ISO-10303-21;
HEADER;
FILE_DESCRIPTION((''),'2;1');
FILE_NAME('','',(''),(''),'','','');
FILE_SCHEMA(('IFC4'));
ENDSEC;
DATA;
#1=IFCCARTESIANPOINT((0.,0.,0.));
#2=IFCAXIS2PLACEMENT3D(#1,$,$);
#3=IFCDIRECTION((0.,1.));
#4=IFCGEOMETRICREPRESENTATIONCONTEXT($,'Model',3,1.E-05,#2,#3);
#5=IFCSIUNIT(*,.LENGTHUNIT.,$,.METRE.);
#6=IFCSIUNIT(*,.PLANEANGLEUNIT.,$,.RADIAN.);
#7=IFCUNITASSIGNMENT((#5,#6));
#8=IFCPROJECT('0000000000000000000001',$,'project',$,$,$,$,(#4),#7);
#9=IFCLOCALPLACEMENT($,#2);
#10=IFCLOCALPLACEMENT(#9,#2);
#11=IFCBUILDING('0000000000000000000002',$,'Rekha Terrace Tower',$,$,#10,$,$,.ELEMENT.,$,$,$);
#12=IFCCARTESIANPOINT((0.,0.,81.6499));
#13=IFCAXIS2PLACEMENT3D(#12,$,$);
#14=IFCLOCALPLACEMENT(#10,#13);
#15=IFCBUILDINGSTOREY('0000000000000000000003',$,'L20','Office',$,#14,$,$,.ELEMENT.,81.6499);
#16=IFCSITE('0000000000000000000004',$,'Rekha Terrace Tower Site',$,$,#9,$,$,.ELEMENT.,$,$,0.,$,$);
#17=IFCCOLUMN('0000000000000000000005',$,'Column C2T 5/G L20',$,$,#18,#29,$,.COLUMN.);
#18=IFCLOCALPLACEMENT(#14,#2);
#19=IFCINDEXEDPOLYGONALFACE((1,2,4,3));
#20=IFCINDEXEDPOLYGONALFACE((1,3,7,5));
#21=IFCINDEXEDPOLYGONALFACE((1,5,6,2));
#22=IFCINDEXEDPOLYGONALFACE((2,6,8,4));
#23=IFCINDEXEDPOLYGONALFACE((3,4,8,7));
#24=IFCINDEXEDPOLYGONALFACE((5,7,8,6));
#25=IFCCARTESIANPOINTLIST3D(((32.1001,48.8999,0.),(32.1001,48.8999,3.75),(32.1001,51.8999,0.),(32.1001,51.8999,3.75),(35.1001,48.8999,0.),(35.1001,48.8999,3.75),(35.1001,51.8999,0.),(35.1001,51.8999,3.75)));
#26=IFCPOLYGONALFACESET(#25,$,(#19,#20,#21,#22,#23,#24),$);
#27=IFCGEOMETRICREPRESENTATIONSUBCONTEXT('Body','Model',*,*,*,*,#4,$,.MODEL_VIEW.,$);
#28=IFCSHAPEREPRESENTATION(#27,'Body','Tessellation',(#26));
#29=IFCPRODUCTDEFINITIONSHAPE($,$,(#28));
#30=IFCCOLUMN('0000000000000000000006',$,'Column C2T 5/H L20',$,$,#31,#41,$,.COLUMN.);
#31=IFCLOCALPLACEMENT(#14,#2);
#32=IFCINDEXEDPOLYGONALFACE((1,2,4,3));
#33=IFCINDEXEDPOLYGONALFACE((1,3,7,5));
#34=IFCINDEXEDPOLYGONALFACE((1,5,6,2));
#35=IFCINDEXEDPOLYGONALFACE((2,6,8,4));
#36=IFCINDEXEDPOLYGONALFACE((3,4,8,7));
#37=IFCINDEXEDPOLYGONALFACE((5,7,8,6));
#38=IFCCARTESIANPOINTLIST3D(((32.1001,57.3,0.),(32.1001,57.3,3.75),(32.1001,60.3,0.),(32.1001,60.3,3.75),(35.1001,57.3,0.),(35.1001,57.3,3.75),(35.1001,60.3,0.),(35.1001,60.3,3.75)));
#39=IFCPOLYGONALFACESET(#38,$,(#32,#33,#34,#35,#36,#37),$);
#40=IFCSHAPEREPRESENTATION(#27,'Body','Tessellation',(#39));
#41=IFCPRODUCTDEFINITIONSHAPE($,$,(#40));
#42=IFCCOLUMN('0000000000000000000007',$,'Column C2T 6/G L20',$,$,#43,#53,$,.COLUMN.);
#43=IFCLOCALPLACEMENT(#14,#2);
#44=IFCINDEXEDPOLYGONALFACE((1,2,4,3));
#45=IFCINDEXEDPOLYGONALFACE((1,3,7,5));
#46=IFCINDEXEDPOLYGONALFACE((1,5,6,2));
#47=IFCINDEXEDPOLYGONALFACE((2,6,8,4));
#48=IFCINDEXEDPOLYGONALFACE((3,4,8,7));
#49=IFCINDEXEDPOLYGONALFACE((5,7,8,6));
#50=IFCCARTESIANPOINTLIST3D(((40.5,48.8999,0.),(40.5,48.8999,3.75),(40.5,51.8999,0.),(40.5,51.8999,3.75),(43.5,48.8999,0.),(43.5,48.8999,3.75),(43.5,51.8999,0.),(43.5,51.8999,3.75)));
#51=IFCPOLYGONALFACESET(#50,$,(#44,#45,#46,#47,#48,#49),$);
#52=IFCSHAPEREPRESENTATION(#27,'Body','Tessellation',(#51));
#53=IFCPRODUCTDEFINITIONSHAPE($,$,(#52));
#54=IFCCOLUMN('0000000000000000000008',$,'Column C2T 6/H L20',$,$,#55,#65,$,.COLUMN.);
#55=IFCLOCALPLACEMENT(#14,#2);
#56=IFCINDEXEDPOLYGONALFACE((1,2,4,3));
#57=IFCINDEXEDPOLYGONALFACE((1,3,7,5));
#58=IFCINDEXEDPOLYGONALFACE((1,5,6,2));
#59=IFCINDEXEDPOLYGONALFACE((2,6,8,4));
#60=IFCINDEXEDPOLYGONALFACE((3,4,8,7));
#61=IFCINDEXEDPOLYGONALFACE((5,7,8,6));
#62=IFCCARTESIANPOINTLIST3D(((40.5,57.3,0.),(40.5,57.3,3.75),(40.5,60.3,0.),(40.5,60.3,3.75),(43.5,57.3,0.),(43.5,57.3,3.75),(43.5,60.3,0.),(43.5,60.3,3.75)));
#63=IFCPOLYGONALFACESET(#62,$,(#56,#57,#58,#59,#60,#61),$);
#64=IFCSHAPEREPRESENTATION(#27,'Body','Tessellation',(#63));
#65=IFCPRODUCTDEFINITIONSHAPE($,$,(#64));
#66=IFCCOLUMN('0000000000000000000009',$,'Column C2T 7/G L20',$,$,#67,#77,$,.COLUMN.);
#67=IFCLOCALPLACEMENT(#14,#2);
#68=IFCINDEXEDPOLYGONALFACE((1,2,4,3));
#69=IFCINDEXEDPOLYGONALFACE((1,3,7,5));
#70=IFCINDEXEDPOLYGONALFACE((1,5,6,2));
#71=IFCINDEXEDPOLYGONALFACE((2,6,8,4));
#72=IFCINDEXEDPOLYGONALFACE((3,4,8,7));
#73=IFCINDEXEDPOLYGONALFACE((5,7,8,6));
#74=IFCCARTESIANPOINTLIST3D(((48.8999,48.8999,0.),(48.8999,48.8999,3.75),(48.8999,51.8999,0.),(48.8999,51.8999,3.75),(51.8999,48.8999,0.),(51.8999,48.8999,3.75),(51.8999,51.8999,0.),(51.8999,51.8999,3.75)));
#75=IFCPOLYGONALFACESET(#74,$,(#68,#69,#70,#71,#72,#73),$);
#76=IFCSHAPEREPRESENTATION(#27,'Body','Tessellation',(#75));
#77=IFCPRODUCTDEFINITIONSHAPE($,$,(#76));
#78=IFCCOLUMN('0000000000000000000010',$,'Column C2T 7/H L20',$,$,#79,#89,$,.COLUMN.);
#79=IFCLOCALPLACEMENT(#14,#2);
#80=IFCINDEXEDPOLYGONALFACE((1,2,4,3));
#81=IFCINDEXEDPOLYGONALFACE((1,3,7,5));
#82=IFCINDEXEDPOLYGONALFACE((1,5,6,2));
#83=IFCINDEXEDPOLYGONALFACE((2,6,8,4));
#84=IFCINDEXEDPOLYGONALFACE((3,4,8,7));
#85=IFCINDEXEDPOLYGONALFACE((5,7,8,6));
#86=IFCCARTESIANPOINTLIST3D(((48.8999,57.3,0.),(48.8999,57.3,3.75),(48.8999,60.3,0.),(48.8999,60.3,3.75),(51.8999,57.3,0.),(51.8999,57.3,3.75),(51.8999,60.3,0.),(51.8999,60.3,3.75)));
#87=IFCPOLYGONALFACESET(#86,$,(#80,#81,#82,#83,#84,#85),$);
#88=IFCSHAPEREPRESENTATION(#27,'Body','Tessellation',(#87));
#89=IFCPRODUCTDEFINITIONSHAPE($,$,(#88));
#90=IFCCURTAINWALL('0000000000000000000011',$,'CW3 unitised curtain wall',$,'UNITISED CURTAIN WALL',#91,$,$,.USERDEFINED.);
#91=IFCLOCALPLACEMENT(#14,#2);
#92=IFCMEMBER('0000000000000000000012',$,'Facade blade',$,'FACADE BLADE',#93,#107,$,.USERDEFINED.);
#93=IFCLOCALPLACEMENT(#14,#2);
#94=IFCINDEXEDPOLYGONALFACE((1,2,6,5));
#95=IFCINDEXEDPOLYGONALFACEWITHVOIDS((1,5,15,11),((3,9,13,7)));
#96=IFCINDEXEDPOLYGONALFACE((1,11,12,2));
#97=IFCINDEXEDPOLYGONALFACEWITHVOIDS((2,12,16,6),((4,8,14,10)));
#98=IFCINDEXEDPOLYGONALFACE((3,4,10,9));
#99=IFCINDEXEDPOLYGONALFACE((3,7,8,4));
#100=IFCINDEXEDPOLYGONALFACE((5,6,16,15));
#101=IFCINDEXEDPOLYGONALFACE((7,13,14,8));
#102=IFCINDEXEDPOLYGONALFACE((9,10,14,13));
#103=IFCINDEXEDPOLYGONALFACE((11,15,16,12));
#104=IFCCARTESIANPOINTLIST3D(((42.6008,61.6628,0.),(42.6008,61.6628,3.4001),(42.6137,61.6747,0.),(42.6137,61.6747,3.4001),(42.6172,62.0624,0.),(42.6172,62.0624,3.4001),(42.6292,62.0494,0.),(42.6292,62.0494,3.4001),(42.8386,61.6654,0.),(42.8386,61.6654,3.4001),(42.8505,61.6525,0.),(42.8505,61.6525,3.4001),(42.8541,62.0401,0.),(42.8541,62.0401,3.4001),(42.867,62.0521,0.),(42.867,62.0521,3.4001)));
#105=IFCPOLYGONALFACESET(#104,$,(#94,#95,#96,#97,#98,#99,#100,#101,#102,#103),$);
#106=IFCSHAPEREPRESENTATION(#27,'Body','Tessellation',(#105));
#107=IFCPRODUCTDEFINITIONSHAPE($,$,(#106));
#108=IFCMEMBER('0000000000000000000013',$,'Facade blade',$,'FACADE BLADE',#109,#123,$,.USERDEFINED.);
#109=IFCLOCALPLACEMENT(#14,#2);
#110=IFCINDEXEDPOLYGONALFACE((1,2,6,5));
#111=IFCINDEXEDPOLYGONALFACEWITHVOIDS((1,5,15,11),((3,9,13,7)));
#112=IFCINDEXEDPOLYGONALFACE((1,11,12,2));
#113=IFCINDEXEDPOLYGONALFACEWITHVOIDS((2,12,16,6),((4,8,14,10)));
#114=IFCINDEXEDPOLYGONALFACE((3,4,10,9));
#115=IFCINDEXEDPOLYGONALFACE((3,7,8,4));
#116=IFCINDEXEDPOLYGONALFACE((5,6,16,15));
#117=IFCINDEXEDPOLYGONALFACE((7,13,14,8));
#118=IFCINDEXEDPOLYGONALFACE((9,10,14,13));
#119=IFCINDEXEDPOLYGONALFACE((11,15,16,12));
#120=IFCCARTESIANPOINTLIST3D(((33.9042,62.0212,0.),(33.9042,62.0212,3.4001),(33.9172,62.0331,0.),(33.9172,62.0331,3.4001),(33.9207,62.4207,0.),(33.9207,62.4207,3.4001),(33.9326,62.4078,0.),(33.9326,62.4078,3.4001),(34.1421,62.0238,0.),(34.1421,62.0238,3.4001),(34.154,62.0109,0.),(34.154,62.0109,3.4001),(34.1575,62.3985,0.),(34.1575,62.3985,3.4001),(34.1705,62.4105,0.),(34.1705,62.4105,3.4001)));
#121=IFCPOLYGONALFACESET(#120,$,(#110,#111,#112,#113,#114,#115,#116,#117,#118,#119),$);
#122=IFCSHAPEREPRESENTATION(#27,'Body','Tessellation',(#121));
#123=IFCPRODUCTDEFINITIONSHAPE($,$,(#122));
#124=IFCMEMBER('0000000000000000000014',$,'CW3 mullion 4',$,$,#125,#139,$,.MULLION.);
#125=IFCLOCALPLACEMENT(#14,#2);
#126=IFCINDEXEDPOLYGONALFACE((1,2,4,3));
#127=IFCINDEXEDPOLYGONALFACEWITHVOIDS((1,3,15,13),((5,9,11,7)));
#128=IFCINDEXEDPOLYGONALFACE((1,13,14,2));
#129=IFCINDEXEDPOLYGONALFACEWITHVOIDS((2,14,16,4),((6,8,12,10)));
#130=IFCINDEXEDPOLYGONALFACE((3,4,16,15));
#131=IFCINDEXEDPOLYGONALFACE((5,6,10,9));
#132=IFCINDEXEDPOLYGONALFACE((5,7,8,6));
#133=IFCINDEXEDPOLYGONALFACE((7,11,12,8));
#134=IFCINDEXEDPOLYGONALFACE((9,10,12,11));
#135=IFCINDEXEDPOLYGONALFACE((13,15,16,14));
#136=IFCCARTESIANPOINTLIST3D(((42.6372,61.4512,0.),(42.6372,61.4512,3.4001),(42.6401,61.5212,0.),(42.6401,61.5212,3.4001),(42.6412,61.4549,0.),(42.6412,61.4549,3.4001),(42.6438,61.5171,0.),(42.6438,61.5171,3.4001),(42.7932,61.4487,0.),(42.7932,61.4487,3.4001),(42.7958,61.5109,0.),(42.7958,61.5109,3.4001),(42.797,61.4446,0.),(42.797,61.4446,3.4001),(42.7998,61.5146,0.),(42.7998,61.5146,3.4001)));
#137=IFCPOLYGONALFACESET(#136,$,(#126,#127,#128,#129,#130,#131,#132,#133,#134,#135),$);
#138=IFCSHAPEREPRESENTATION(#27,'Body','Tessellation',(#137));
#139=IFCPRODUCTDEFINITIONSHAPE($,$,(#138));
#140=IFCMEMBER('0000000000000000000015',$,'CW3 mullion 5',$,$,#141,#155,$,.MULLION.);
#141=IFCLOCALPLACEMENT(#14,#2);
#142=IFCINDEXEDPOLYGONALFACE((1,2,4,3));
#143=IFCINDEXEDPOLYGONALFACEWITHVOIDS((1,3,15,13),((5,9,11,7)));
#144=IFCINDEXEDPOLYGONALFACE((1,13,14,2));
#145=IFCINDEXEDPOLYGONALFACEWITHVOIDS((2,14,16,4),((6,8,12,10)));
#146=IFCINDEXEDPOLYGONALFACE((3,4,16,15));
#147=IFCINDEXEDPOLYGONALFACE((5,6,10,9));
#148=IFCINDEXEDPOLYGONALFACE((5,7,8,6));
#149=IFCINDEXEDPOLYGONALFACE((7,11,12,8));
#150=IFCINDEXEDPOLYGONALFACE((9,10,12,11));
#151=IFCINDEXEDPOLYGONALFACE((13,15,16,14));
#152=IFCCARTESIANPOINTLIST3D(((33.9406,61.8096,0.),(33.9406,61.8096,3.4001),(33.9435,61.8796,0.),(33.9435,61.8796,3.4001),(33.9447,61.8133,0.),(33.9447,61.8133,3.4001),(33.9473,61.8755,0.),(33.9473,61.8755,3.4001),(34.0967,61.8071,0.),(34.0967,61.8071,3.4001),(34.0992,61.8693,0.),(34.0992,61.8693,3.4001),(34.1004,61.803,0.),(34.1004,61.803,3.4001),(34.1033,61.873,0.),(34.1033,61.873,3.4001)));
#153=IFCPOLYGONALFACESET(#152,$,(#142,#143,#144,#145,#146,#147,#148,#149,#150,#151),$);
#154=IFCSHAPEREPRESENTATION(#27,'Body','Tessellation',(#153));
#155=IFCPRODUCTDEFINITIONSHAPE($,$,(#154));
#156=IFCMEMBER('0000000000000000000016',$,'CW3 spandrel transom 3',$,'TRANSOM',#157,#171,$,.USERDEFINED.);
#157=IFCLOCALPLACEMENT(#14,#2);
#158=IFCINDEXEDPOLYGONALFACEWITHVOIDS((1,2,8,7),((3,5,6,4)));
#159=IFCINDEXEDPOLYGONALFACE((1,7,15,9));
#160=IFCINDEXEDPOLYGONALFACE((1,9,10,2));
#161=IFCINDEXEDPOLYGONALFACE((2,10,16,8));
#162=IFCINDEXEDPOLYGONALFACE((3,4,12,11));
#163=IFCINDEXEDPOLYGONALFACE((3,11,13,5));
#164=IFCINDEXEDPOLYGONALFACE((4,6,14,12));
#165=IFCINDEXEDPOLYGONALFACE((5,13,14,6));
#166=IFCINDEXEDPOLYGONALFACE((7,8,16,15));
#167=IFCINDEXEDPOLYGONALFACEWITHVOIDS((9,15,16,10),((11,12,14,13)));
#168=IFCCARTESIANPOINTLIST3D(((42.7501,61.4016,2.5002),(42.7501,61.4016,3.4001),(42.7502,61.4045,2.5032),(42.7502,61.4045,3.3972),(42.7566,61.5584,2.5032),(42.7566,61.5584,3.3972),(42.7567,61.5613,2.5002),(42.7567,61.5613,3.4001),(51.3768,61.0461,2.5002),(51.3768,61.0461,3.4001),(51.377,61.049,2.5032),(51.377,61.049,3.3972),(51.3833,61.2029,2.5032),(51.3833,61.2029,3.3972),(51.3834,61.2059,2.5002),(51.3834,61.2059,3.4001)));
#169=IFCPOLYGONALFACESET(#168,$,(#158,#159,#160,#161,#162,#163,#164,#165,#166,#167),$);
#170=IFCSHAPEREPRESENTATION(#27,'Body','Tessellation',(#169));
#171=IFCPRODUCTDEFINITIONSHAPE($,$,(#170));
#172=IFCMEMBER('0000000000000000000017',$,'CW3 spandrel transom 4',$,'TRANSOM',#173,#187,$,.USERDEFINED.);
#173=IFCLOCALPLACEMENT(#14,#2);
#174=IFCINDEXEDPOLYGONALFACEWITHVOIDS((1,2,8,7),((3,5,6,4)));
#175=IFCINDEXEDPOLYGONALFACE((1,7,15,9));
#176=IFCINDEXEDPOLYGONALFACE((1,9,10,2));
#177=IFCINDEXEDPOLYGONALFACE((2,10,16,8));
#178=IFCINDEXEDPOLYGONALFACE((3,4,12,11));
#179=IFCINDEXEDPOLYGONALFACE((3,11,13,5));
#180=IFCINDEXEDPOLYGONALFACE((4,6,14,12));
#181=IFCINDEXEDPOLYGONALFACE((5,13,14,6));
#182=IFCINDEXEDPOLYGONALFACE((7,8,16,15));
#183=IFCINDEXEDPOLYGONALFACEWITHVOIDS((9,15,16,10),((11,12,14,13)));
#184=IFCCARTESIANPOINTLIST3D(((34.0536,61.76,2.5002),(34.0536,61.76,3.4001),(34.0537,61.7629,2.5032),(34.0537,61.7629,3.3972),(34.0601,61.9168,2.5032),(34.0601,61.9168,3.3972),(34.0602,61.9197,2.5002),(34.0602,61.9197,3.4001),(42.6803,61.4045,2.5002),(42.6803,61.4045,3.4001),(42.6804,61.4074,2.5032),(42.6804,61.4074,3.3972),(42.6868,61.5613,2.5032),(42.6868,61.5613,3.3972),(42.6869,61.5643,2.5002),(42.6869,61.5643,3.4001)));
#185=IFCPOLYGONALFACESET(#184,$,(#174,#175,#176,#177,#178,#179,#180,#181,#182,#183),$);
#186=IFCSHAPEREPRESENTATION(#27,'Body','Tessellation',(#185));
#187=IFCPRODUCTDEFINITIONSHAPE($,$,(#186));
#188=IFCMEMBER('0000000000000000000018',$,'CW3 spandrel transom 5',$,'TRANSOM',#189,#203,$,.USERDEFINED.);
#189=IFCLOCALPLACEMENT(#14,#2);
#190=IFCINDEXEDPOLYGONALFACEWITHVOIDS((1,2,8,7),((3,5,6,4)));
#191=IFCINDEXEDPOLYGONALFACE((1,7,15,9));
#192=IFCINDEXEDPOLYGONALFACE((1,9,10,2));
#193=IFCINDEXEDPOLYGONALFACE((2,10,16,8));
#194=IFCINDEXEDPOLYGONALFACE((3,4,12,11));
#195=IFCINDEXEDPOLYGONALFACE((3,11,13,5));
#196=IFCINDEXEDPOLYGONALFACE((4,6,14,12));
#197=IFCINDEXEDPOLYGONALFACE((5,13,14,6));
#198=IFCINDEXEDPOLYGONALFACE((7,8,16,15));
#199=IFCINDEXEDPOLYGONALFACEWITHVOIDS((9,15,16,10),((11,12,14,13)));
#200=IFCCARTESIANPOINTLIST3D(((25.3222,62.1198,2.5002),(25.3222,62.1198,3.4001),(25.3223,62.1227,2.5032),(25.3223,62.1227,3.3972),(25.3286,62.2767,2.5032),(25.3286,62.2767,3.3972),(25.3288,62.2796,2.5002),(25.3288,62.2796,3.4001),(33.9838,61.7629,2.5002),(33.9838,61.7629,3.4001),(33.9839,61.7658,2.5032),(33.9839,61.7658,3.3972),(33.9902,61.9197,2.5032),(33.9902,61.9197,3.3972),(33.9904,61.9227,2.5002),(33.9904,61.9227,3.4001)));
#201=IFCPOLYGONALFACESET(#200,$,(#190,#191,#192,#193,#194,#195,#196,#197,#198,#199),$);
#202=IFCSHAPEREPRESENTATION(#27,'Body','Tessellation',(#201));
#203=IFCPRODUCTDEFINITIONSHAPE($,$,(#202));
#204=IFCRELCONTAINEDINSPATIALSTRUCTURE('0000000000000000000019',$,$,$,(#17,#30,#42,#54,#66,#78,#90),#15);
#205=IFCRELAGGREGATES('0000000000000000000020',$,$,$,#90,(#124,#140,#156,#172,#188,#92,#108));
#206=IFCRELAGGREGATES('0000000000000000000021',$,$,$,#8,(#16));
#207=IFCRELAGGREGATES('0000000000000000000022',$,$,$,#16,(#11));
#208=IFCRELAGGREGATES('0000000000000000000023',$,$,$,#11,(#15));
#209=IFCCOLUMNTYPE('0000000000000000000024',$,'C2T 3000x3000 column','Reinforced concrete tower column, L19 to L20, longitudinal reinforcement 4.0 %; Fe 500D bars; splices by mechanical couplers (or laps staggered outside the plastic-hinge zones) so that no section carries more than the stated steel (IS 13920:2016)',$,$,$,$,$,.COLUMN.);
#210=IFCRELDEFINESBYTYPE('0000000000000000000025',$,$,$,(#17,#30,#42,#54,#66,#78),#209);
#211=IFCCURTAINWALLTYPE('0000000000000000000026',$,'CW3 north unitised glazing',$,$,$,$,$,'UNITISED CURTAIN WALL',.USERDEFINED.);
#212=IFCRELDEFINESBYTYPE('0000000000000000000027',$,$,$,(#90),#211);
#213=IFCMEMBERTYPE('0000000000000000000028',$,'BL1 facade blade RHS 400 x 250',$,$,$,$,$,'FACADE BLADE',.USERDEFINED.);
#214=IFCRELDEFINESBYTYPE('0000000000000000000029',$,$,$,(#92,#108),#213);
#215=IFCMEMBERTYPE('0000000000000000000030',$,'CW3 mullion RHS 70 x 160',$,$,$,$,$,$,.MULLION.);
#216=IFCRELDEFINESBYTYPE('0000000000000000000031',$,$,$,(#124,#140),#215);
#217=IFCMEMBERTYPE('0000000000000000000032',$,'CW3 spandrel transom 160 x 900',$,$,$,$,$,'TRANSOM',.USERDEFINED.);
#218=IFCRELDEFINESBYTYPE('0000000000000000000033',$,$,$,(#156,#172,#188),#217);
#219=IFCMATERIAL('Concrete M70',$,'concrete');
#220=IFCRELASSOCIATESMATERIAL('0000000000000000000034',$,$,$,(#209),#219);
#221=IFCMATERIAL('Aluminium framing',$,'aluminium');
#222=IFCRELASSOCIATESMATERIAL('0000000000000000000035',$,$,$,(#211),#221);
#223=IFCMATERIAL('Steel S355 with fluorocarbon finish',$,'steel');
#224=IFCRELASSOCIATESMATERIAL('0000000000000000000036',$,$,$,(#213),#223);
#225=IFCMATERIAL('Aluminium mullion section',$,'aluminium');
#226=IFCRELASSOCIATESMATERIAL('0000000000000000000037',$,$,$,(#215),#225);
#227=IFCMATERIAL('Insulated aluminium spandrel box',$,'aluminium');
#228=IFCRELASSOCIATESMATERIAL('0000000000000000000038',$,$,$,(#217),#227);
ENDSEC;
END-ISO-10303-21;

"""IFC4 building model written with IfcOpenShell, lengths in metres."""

from ifc_helpers import new_model, si_unit, direction, frame, origin, origin_2d, place, context, subcontext, project, spatial, rectangle, hollow_rectangle, extrude, material, material_profile, profile_set, type_object, element, aggregate, save


model = new_model("IFC4")

# Units and contexts
model_context = context("Model", 3, precision=1e-05, world=origin(), true_north=direction((0.0, 1.0)))
body_context = subcontext(model_context, "Body", "Model", "MODEL_VIEW")
ifc_project = project(units=[si_unit("LENGTHUNIT", "METRE"), si_unit("PLANEANGLEUNIT", "RADIAN")], contexts=[model_context])

# Site, building, storey
site_placement = place(None, origin())
site = spatial("IfcSite", under=ifc_project, at=site_placement, Name="Rekha Terrace Tower Site", CompositionType="ELEMENT", RefElevation=0.0)
building_placement = place(site_placement, origin())
building = spatial("IfcBuilding", under=site, at=building_placement, Name="Rekha Terrace Tower", CompositionType="ELEMENT")
storey_placement = place(building_placement, frame((0.0, 0.0, 81.6499)))
storey = spatial("IfcBuildingStorey", under=building, at=storey_placement, Name="L20", Description="Office", CompositionType="ELEMENT", Elevation=81.6499)

# Columns
ifc_material_1 = material(Name="Concrete M70", Category="concrete")
ifc_material_profile_1 = material_profile(ifc_material_1, rectangle(XDim=3.0, YDim=3.0, at=origin_2d()), Name="RC 3000x3000")
ifc_profile_set_1 = profile_set([ifc_material_profile_1], Name="Concrete M70")
column_type = type_object("IfcColumnType", Name="C2T 3000x3000 column", Description="Reinforced concrete tower column, L19 to L20, longitudinal reinforcement 4.0 %; Fe 500D bars; splices by mechanical couplers (or laps staggered outside the plastic-hinge zones) so that no section carries more than the stated steel (IS 13920:2016)", PredefinedType="COLUMN", material=ifc_profile_set_1)
for number, where, z_axis, x_axis, name in (
    (1, (33.6001, 50.3999, 0.0), (0.0, 0.0, 1.0), (1.0, 0.0, 0.0), "Column C2T 5/G L20"),
    (2, (33.6001, 58.8, 0.0), (0.0, 0.0, 1.0), (1.0, 0.0, 0.0), "Column C2T 5/H L20"),
    (3, (42.0, 50.3999, 0.0), (0.0, 0.0, 1.0), (1.0, 0.0, 0.0), "Column C2T 6/G L20"),
    (4, (42.0, 58.8, 0.0), (0.0, 0.0, 1.0), (1.0, 0.0, 0.0), "Column C2T 6/H L20"),
    (5, (50.3999, 50.3999, 0.0), (0.0, 0.0, 1.0), (1.0, 0.0, 0.0), "Column C2T 7/G L20"),
    (6, (50.3999, 58.8, 0.0), (0.0, 0.0, 1.0), (1.0, 0.0, 0.0), "Column C2T 7/H L20"),
):
    element("IfcColumn", number, at=place(storey_placement, frame(where, z_axis=z_axis, x_axis=x_axis)), inside=storey, type_object=column_type, Name=name, PredefinedType="COLUMN", context=body_context, shape_type="SweptSolid", body=[
        extrude(rectangle(XDim=3.0, YDim=3.0, at=origin_2d()), origin(), (0.0, 0.0, 1.0), 3.75),
    ])

# Curtain wall, members
ifc_material_2 = material(Name="Aluminium framing", Category="aluminium")
curtain_wall_type = type_object("IfcCurtainWallType", Name="CW3 north unitised glazing", ElementType="UNITISED CURTAIN WALL", PredefinedType="USERDEFINED", material=ifc_material_2)
curtain_wall_placement = place(storey_placement, origin())
curtain_wall = element("IfcCurtainWall", 7, at=curtain_wall_placement, inside=storey, type_object=curtain_wall_type, Name="CW3 unitised curtain wall", ObjectType="UNITISED CURTAIN WALL", PredefinedType="USERDEFINED")
ifc_material_3 = material(Name="Steel S355 with fluorocarbon finish", Category="steel")
ifc_material_profile_2 = material_profile(ifc_material_3, hollow_rectangle(XDim=0.25, YDim=0.3999, WallThickness=0.0125, at=origin_2d()), Name="RHS400x250x12.5")
ifc_profile_set_2 = profile_set([ifc_material_profile_2], Name="Steel S355 with fluorocarbon finish")
member_type_1 = type_object("IfcMemberType", Name="BL1 facade blade RHS 400 x 250", ElementType="FACADE BLADE", PredefinedType="USERDEFINED", material=ifc_profile_set_2)
member_1_placement = place(storey_placement, frame((42.7339, 61.8574, 0.0), z_axis=(0.0, 0.0, 1.0), x_axis=(-0.999152, 0.041175, 0.0)))
member_1 = element("IfcMember", 8, at=member_1_placement, type_object=member_type_1, Name="Facade blade", ObjectType="FACADE BLADE", PredefinedType="USERDEFINED", context=body_context, shape_type="SweptSolid", body=[
    extrude(hollow_rectangle(XDim=0.25, YDim=0.3999, WallThickness=0.0125, at=origin_2d()), origin(), (0.0, 0.0, 1.0), 3.4001),
])
member_2_placement = place(storey_placement, frame((34.0374, 62.2158, 0.0), z_axis=(0.0, 0.0, 1.0), x_axis=(-0.999152, 0.041175, 0.0)))
member_2 = element("IfcMember", 9, at=member_2_placement, type_object=member_type_1, Name="Facade blade", ObjectType="FACADE BLADE", PredefinedType="USERDEFINED", context=body_context, shape_type="SweptSolid", body=[
    extrude(hollow_rectangle(XDim=0.25, YDim=0.3999, WallThickness=0.0125, at=origin_2d()), origin(), (0.0, 0.0, 1.0), 3.4001),
])
ifc_material_4 = material(Name="Aluminium mullion section", Category="aluminium")
ifc_material_profile_3 = material_profile(ifc_material_4, hollow_rectangle(XDim=0.0701, YDim=0.1599, WallThickness=0.0039, at=origin_2d()), Name="AL RHS 70x160")
ifc_profile_set_3 = profile_set([ifc_material_profile_3], Name="Aluminium mullion section")
member_type_2 = type_object("IfcMemberType", Name="CW3 mullion RHS 70 x 160", PredefinedType="MULLION", material=ifc_profile_set_3)
member_3_placement = place(storey_placement, frame((42.7185, 61.4829, 0.0), z_axis=(0.0, 0.0, 1.0), x_axis=(-0.041174, -0.999152, 0.0)))
member_3 = element("IfcMember", 10, at=member_3_placement, type_object=member_type_2, Name="CW3 mullion 4", PredefinedType="MULLION", context=body_context, shape_type="SweptSolid", body=[
    extrude(hollow_rectangle(XDim=0.0701, YDim=0.1599, WallThickness=0.0039, at=origin_2d()), origin(), (0.0, 0.0, 1.0), 3.4001),
])
member_4_placement = place(storey_placement, frame((34.022, 61.8413, 0.0), z_axis=(0.0, 0.0, 1.0), x_axis=(-0.041174, -0.999152, 0.0)))
member_4 = element("IfcMember", 11, at=member_4_placement, type_object=member_type_2, Name="CW3 mullion 5", PredefinedType="MULLION", context=body_context, shape_type="SweptSolid", body=[
    extrude(hollow_rectangle(XDim=0.0701, YDim=0.1599, WallThickness=0.0039, at=origin_2d()), origin(), (0.0, 0.0, 1.0), 3.4001),
])
ifc_material_5 = material(Name="Insulated aluminium spandrel box", Category="aluminium")
ifc_material_profile_4 = material_profile(ifc_material_5, hollow_rectangle(XDim=0.1599, YDim=0.8999, WallThickness=0.0029, at=origin_2d()), Name="AL SPANDREL BOX 160x900")
ifc_profile_set_4 = profile_set([ifc_material_profile_4], Name="Insulated aluminium spandrel box")
member_type_3 = type_object("IfcMemberType", Name="CW3 spandrel transom 160 x 900", ElementType="TRANSOM", PredefinedType="USERDEFINED", material=ifc_profile_set_4)
member_5_placement = place(storey_placement, frame((51.3801, 61.126, 2.9502), z_axis=(-0.999152, 0.041171, 0.0), x_axis=(-0.041171, -0.999152, 0.0)))
member_5 = element("IfcMember", 12, at=member_5_placement, type_object=member_type_3, Name="CW3 spandrel transom 3", ObjectType="TRANSOM", PredefinedType="USERDEFINED", context=body_context, shape_type="SweptSolid", body=[
    extrude(hollow_rectangle(XDim=0.1599, YDim=0.8999, WallThickness=0.0029, at=origin_2d()), origin(), (0.0, 0.0, 1.0), 8.634),
])
member_6_placement = place(storey_placement, frame((42.6836, 61.4844, 2.9502), z_axis=(-0.999152, 0.041171, 0.0), x_axis=(-0.041171, -0.999152, 0.0)))
member_6 = element("IfcMember", 13, at=member_6_placement, type_object=member_type_3, Name="CW3 spandrel transom 4", ObjectType="TRANSOM", PredefinedType="USERDEFINED", context=body_context, shape_type="SweptSolid", body=[
    extrude(hollow_rectangle(XDim=0.1599, YDim=0.8999, WallThickness=0.0029, at=origin_2d()), origin(), (0.0, 0.0, 1.0), 8.634),
])
member_7_placement = place(storey_placement, frame((33.9871, 61.8428, 2.9502), z_axis=(-0.999152, 0.041174, 0.0), x_axis=(-0.041174, -0.999152, 0.0)))
member_7 = element("IfcMember", 14, at=member_7_placement, type_object=member_type_3, Name="CW3 spandrel transom 5", ObjectType="TRANSOM", PredefinedType="USERDEFINED", context=body_context, shape_type="SweptSolid", body=[
    extrude(hollow_rectangle(XDim=0.1599, YDim=0.8999, WallThickness=0.0029, at=origin_2d()), origin(), (0.0, 0.0, 1.0), 8.6689),
])

aggregate(curtain_wall, [member_3, member_4, member_5, member_6, member_7, member_1, member_2])

save(model, "model.ifc")
